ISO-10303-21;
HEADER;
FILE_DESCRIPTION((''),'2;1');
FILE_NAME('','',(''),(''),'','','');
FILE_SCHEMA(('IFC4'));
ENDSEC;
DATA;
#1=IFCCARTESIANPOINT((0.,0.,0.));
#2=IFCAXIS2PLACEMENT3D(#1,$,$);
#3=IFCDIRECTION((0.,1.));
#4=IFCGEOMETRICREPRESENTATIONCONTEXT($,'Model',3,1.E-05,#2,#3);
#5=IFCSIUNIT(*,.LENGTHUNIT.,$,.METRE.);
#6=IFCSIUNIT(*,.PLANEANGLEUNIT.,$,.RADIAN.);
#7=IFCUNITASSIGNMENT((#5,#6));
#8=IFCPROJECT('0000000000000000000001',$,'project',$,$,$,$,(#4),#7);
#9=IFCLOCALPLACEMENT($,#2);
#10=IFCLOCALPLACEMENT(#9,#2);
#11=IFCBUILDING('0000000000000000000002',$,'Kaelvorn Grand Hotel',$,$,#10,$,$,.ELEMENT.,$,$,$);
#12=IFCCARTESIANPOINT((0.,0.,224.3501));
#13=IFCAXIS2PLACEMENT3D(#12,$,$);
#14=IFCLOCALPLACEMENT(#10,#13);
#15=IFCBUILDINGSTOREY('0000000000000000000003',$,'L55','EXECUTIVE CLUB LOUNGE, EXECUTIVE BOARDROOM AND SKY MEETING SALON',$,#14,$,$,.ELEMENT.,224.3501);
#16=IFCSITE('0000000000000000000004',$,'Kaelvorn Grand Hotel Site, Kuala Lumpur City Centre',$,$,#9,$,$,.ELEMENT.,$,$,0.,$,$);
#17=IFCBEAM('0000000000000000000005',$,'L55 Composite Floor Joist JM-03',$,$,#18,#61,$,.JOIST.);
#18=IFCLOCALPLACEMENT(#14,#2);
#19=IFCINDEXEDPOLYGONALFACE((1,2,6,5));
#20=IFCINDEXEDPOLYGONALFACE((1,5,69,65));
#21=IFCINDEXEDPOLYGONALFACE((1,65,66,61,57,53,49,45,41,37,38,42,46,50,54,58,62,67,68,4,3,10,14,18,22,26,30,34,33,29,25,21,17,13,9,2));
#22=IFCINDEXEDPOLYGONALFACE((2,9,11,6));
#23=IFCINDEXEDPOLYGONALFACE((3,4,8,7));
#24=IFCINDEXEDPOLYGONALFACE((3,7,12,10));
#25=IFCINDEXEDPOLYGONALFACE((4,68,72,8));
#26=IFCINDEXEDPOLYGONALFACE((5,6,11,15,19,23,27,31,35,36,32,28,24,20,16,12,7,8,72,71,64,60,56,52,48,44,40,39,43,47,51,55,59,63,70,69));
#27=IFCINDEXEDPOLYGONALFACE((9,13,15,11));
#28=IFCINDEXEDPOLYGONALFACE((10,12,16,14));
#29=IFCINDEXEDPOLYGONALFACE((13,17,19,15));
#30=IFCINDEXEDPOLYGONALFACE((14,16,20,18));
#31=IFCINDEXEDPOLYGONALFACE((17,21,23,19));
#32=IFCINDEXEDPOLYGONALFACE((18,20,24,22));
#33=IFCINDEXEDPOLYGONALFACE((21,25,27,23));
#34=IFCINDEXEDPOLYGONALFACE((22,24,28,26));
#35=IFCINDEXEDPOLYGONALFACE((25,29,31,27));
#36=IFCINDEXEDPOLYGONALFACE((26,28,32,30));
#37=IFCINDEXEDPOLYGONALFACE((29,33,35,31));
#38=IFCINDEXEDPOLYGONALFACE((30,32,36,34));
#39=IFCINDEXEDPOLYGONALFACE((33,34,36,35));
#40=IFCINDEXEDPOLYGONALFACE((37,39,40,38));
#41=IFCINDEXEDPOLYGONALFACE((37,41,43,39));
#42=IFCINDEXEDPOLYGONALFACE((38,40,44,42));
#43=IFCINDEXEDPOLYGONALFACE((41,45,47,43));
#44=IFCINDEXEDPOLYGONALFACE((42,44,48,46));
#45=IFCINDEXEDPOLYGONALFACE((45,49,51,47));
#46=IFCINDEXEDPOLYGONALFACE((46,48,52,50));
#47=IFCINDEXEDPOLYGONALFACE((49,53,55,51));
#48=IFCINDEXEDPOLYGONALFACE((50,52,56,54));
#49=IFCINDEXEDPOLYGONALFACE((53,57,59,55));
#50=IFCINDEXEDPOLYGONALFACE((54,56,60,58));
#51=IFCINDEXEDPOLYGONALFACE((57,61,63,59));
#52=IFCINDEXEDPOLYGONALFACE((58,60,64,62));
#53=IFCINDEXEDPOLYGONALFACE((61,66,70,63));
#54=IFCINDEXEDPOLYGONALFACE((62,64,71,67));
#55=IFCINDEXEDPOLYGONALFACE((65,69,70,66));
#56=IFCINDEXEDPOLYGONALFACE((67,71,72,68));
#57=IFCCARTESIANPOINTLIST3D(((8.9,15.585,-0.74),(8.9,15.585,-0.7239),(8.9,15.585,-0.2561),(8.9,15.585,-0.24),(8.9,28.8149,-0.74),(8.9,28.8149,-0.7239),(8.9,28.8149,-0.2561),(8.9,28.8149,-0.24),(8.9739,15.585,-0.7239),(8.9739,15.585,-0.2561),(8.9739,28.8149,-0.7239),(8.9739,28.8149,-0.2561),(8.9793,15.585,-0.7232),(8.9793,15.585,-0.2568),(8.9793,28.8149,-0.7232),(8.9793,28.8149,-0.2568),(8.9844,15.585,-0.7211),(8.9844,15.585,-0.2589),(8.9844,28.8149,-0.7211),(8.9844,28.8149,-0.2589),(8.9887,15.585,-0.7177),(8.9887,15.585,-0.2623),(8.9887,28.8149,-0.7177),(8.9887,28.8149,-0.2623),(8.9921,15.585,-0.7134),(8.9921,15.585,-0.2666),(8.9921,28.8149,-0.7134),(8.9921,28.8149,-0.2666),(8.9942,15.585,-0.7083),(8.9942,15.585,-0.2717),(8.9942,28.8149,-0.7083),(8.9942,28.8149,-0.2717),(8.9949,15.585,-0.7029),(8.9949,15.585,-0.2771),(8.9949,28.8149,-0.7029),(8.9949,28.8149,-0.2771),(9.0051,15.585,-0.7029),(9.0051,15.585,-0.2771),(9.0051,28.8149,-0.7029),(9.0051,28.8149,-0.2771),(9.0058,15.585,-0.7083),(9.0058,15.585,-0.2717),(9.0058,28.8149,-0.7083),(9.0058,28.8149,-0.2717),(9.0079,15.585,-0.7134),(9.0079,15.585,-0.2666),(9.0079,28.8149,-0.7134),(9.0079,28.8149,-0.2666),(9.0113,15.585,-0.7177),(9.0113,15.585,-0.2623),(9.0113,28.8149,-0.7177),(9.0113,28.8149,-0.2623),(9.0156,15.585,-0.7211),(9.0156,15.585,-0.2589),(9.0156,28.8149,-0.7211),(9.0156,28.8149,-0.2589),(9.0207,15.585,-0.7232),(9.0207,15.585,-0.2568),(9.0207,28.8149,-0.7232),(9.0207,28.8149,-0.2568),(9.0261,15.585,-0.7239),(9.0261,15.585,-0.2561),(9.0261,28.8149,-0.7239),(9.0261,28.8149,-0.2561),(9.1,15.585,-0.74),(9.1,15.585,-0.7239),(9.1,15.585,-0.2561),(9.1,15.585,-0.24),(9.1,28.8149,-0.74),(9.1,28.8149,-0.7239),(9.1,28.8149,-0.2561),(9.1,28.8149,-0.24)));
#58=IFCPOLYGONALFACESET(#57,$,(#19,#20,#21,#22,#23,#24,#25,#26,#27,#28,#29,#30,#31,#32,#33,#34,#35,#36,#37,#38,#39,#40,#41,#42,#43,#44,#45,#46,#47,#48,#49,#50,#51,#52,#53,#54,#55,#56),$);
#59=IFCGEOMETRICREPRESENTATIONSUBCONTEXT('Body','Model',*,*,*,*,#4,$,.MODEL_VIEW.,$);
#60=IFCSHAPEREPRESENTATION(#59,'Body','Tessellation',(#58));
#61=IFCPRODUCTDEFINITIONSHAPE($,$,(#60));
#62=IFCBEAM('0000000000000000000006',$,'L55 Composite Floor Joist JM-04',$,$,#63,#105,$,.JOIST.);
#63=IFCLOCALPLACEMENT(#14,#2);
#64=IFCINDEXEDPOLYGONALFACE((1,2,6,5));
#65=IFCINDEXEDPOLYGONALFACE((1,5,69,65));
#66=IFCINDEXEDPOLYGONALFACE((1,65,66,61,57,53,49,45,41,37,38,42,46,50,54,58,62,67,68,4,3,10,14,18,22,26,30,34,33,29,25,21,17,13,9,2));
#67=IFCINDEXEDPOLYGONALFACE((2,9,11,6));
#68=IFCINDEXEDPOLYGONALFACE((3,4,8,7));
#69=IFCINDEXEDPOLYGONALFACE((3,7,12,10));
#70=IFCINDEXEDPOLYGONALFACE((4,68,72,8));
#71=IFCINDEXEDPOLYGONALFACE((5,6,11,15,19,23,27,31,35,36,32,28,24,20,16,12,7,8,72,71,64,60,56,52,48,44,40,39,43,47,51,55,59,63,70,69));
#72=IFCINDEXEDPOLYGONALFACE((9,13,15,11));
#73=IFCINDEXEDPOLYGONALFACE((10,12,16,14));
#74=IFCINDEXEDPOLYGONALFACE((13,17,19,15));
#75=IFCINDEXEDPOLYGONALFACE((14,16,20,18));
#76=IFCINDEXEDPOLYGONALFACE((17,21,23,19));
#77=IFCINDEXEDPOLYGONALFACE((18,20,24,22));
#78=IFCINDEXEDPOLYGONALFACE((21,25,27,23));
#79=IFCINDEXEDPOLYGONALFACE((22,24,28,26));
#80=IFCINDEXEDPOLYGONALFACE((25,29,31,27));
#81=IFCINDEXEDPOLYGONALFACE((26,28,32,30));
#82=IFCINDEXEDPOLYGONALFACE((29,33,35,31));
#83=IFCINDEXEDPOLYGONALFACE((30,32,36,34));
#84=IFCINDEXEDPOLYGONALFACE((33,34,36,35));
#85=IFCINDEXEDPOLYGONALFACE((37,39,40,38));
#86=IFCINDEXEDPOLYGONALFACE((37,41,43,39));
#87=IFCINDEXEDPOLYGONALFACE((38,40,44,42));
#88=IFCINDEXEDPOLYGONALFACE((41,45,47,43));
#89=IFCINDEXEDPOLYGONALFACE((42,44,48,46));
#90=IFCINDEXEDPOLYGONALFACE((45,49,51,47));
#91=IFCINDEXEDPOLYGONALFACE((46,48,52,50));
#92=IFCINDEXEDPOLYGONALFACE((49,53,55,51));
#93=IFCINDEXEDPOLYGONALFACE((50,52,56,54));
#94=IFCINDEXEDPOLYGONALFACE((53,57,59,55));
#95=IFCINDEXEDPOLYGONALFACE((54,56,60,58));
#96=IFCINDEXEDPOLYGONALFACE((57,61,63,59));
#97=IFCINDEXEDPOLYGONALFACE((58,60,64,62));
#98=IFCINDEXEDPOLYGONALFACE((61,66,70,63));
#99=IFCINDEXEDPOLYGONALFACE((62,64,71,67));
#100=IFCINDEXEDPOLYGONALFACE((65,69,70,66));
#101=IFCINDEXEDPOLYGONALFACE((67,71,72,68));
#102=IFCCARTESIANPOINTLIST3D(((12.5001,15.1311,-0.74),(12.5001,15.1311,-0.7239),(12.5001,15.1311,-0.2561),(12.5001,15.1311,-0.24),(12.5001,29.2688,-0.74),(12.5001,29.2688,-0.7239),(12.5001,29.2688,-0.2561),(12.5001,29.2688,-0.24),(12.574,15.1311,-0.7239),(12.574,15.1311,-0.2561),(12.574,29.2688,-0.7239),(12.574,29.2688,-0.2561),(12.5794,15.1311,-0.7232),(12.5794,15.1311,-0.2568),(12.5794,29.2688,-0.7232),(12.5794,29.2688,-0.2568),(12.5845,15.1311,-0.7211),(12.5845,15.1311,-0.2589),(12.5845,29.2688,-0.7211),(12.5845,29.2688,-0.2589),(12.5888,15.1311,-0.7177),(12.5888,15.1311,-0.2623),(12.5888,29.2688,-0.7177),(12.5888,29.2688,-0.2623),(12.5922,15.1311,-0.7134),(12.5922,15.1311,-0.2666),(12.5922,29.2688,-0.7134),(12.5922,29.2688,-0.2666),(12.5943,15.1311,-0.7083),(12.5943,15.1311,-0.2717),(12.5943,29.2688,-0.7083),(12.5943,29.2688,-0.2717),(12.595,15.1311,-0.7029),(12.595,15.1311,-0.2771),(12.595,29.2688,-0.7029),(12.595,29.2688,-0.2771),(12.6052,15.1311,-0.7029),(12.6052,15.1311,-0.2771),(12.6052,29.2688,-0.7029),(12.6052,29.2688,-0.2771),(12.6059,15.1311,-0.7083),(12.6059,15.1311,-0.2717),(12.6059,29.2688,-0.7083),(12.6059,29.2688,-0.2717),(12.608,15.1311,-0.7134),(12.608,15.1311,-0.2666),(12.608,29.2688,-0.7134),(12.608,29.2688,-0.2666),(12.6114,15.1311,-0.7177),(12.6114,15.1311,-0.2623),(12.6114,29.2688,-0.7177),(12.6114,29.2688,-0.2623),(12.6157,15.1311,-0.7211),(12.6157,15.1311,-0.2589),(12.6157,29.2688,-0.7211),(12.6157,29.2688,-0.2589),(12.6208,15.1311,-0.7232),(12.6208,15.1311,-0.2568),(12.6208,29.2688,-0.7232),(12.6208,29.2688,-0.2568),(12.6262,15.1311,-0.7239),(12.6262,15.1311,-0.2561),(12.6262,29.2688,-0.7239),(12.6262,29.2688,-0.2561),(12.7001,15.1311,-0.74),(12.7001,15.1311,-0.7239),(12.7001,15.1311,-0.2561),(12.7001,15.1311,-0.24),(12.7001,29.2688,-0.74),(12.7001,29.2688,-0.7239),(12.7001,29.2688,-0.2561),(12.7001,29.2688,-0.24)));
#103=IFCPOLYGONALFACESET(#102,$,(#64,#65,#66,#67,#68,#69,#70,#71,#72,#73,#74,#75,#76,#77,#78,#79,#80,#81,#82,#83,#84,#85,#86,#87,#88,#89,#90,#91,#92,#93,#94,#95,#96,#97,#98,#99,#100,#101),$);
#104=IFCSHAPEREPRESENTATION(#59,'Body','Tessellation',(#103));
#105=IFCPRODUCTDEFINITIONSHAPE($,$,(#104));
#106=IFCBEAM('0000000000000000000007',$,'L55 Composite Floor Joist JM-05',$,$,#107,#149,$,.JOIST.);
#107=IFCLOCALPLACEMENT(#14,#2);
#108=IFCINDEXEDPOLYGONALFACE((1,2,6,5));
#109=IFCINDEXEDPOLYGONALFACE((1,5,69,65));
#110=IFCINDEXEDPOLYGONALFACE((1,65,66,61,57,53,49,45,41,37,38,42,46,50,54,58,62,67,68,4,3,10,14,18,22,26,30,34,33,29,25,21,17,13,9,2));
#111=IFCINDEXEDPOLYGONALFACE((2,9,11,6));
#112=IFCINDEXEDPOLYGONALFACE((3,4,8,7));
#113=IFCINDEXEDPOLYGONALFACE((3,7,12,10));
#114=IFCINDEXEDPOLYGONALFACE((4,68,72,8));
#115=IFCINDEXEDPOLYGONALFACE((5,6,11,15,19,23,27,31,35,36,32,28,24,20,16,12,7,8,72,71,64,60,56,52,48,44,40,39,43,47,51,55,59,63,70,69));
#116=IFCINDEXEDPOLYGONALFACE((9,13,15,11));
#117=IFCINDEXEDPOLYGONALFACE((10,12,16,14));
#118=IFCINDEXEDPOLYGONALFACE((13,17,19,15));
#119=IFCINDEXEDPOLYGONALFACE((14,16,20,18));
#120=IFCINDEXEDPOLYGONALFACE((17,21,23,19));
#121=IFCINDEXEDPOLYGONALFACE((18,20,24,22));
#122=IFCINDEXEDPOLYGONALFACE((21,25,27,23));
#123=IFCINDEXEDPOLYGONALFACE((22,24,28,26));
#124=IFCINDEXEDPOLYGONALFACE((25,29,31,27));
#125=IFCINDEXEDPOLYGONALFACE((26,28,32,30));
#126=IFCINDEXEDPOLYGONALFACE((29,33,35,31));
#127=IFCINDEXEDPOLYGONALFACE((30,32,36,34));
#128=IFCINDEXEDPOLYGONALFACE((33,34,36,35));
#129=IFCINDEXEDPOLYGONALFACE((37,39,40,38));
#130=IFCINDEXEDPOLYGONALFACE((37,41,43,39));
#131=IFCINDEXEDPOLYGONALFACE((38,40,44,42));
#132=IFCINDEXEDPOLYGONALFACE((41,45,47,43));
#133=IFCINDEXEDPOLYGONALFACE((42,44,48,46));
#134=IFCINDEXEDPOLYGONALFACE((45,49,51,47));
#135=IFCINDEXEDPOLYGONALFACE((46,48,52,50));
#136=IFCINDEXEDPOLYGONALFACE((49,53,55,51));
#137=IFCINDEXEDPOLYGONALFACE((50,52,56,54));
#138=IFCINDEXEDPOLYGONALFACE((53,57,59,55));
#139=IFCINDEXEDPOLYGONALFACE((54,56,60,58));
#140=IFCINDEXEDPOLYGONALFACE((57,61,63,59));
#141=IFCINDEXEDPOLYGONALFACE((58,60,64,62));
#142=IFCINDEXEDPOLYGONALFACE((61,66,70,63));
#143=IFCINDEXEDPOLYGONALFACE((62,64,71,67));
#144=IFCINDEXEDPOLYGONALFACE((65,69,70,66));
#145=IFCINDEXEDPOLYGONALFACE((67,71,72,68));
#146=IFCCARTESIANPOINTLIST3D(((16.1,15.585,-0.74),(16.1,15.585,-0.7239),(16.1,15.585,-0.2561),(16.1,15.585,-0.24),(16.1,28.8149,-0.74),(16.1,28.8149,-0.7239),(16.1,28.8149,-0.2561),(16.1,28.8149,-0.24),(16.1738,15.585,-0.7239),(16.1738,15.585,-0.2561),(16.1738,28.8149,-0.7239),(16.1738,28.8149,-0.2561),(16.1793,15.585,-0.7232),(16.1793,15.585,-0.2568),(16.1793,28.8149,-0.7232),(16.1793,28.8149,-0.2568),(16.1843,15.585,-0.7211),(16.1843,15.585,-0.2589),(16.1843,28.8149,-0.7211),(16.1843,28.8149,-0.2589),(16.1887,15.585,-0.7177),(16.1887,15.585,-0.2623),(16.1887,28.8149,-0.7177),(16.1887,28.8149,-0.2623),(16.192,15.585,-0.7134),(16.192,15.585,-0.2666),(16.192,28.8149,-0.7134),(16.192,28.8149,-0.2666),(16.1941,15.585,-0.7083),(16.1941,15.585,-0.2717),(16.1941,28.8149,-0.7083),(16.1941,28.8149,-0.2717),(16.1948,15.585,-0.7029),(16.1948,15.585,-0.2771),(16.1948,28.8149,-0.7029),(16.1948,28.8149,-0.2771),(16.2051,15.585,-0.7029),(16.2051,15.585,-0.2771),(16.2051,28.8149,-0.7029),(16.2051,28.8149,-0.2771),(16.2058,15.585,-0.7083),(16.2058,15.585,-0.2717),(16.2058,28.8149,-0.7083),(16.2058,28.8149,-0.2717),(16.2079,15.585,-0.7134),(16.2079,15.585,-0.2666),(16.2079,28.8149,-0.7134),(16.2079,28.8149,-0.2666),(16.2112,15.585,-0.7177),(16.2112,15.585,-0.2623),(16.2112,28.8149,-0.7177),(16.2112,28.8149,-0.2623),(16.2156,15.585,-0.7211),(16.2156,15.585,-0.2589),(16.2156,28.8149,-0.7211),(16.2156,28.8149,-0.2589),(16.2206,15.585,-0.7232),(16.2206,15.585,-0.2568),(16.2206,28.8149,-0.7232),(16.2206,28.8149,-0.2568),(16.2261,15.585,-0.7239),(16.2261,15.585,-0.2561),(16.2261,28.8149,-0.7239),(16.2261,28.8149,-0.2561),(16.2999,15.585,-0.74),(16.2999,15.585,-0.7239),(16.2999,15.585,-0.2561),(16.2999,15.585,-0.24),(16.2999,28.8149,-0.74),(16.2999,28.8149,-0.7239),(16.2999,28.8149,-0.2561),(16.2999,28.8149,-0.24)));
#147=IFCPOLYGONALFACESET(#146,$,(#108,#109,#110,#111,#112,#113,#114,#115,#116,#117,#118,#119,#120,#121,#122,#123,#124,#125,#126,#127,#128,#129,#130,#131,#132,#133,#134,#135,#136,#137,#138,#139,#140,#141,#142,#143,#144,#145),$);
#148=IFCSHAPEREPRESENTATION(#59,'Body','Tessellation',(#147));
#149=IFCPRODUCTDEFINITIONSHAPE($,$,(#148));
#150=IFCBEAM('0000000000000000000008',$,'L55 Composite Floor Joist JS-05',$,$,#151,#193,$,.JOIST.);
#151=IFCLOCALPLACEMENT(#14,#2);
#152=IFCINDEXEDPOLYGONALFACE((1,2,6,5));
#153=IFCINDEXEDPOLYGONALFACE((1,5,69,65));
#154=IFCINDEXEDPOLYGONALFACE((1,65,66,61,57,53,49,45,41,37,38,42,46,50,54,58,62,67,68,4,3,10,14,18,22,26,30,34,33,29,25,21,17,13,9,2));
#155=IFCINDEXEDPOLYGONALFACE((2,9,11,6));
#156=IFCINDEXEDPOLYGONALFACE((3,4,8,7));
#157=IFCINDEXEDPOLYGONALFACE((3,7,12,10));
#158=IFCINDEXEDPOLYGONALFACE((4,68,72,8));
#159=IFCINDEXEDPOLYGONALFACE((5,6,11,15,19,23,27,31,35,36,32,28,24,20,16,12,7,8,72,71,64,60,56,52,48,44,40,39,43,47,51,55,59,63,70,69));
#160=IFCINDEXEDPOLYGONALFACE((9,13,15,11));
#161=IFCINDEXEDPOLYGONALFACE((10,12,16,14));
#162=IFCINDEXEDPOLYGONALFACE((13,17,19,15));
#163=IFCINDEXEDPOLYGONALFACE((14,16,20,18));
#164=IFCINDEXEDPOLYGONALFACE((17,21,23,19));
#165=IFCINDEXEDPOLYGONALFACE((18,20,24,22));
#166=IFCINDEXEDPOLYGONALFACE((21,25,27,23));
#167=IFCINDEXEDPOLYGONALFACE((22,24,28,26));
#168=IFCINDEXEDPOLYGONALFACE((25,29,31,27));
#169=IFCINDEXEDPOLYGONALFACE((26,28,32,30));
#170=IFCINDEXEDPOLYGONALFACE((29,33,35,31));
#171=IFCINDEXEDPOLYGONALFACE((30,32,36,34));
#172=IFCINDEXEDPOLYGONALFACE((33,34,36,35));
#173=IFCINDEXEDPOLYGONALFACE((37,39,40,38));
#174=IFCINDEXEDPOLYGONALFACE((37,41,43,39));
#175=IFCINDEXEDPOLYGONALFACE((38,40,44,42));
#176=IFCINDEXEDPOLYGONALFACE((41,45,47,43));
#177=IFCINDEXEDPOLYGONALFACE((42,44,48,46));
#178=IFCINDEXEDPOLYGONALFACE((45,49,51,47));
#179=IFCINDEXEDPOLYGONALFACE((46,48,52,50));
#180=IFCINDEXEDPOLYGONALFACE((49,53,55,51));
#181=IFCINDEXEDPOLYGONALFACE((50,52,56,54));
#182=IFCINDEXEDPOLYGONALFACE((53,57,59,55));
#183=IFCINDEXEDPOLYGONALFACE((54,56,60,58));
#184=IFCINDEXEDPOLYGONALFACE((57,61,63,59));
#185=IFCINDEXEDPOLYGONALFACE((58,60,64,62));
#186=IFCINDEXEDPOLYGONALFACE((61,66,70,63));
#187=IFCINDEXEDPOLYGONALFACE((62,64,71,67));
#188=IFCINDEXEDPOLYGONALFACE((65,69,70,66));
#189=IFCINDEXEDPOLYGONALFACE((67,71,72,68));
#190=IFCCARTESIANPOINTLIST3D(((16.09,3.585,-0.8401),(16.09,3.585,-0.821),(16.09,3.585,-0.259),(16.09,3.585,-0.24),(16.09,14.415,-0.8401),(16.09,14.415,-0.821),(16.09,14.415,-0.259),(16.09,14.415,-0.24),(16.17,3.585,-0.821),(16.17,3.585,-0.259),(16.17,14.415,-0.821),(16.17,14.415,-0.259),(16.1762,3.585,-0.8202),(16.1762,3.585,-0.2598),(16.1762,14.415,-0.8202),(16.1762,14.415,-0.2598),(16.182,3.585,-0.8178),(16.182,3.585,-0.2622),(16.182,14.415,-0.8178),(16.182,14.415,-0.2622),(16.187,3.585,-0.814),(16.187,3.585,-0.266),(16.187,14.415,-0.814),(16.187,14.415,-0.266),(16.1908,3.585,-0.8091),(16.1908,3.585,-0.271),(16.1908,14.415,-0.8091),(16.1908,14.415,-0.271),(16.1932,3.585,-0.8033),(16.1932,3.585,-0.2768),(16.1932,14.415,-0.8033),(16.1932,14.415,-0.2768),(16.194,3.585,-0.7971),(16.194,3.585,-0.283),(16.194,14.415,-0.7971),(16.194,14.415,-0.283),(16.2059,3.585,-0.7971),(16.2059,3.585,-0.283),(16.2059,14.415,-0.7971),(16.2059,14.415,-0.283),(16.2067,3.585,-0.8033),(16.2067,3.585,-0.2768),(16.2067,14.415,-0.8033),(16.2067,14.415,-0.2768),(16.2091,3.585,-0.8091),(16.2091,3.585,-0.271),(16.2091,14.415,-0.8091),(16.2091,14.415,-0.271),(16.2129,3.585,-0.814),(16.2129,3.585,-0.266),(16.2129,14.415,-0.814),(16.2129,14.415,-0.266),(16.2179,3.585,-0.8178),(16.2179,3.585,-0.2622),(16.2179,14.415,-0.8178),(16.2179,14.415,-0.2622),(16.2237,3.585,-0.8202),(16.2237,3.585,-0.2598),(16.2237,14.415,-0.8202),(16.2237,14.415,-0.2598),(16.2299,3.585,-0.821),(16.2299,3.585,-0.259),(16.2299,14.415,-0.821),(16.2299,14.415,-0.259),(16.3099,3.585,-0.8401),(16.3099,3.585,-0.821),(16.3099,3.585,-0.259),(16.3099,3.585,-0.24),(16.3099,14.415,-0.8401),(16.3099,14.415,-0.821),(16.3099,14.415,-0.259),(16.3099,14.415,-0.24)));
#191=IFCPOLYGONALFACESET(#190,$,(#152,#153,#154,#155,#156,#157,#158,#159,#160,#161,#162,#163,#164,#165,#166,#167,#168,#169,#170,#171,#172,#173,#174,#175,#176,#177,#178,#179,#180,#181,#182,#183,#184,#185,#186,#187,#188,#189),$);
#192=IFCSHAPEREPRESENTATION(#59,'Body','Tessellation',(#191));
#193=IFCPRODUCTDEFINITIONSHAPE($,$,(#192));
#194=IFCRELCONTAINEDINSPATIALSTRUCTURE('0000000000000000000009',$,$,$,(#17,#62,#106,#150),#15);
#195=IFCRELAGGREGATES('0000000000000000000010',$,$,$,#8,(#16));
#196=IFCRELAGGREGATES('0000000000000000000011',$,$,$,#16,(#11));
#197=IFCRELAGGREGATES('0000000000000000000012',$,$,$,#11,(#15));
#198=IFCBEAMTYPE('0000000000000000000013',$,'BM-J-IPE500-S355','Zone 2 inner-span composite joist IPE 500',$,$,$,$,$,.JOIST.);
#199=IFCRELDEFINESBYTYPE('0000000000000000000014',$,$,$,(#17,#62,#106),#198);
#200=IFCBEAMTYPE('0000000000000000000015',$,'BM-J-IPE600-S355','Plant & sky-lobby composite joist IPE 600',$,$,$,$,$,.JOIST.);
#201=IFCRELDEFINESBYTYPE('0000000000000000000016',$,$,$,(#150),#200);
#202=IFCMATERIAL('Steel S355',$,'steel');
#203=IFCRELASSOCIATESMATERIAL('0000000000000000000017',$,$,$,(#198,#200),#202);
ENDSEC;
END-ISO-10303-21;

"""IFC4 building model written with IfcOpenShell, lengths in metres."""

from ifc_helpers import new_model, si_unit, direction, frame, origin, origin_2d, place, context, subcontext, project, spatial, i_section, extrude, material, material_profile, profile_set, type_object, element, save


model = new_model("IFC4")

# Units and contexts
model_context = context("Model", 3, precision=1e-05, world=origin(), true_north=direction((0.0, 1.0)))
body_context = subcontext(model_context, "Body", "Model", "MODEL_VIEW")
ifc_project = project(units=[si_unit("LENGTHUNIT", "METRE"), si_unit("PLANEANGLEUNIT", "RADIAN")], contexts=[model_context])

# Site, building, storey
site_placement = place(None, origin())
site = spatial("IfcSite", under=ifc_project, at=site_placement, Name="Kaelvorn Grand Hotel Site, Kuala Lumpur City Centre", CompositionType="ELEMENT", RefElevation=0.0)
building_placement = place(site_placement, origin())
building = spatial("IfcBuilding", under=site, at=building_placement, Name="Kaelvorn Grand Hotel", CompositionType="ELEMENT")
storey_placement = place(building_placement, frame((0.0, 0.0, 224.3501)))
storey = spatial("IfcBuildingStorey", under=building, at=storey_placement, Name="L55", Description="EXECUTIVE CLUB LOUNGE, EXECUTIVE BOARDROOM AND SKY MEETING SALON", CompositionType="ELEMENT", Elevation=224.3501)

# Beams
ifc_material_1 = material(Name="Steel S355", Category="steel")
ifc_material_profile_1 = material_profile(ifc_material_1, i_section(OverallWidth=0.2, OverallDepth=0.5, WebThickness=0.0103, FlangeThickness=0.0161, FilletRadius=0.021, at=origin_2d()), Name="IPE 500")
ifc_profile_set_1 = profile_set([ifc_material_profile_1], Name="Steel S355")
beam_type_1 = type_object("IfcBeamType", Name="BM-J-IPE500-S355", Description="Zone 2 inner-span composite joist IPE 500", PredefinedType="JOIST", material=ifc_profile_set_1)
beam_1_placement = place(storey_placement, frame((9.0, 15.585, -0.49), z_axis=(0.0, 1.0, 0.0), x_axis=(-1.0, 0.0, 0.0)))
element("IfcBeam", 1, at=beam_1_placement, inside=storey, type_object=beam_type_1, Name="L55 Composite Floor Joist JM-03", PredefinedType="JOIST", context=body_context, shape_type="SweptSolid", body=[
    extrude(i_section(OverallWidth=0.2, OverallDepth=0.5, WebThickness=0.0103, FlangeThickness=0.0161, FilletRadius=0.021, at=origin_2d()), origin(), (0.0, 0.0, 1.0), 13.23),
])
beam_2_placement = place(storey_placement, frame((12.6001, 15.1311, -0.49), z_axis=(0.0, 1.0, 0.0), x_axis=(-1.0, 0.0, 0.0)))
element("IfcBeam", 2, at=beam_2_placement, inside=storey, type_object=beam_type_1, Name="L55 Composite Floor Joist JM-04", PredefinedType="JOIST", context=body_context, shape_type="SweptSolid", body=[
    extrude(i_section(OverallWidth=0.2, OverallDepth=0.5, WebThickness=0.0103, FlangeThickness=0.0161, FilletRadius=0.021, at=origin_2d()), origin(), (0.0, 0.0, 1.0), 14.1377),
])
beam_3_placement = place(storey_placement, frame((16.2, 15.585, -0.49), z_axis=(0.0, 1.0, 0.0), x_axis=(-1.0, 0.0, 0.0)))
element("IfcBeam", 3, at=beam_3_placement, inside=storey, type_object=beam_type_1, Name="L55 Composite Floor Joist JM-05", PredefinedType="JOIST", context=body_context, shape_type="SweptSolid", body=[
    extrude(i_section(OverallWidth=0.2, OverallDepth=0.5, WebThickness=0.0103, FlangeThickness=0.0161, FilletRadius=0.021, at=origin_2d()), origin(), (0.0, 0.0, 1.0), 13.23),
])
ifc_material_profile_2 = material_profile(ifc_material_1, i_section(OverallWidth=0.22, OverallDepth=0.6001, WebThickness=0.012, FlangeThickness=0.019, FilletRadius=0.0239, at=origin_2d()), Name="IPE 600")
ifc_profile_set_2 = profile_set([ifc_material_profile_2], Name="Steel S355")
beam_type_2 = type_object("IfcBeamType", Name="BM-J-IPE600-S355", Description="Plant & sky-lobby composite joist IPE 600", PredefinedType="JOIST", material=ifc_profile_set_2)
beam_4_placement = place(storey_placement, frame((16.2, 3.585, -0.54), z_axis=(0.0, 1.0, 0.0), x_axis=(-1.0, 0.0, 0.0)))
element("IfcBeam", 4, at=beam_4_placement, inside=storey, type_object=beam_type_2, Name="L55 Composite Floor Joist JS-05", PredefinedType="JOIST", context=body_context, shape_type="SweptSolid", body=[
    extrude(i_section(OverallWidth=0.22, OverallDepth=0.6001, WebThickness=0.012, FlangeThickness=0.019, FilletRadius=0.0239, at=origin_2d()), origin(), (0.0, 0.0, 1.0), 10.8301),
])

save(model, "model.ifc")
